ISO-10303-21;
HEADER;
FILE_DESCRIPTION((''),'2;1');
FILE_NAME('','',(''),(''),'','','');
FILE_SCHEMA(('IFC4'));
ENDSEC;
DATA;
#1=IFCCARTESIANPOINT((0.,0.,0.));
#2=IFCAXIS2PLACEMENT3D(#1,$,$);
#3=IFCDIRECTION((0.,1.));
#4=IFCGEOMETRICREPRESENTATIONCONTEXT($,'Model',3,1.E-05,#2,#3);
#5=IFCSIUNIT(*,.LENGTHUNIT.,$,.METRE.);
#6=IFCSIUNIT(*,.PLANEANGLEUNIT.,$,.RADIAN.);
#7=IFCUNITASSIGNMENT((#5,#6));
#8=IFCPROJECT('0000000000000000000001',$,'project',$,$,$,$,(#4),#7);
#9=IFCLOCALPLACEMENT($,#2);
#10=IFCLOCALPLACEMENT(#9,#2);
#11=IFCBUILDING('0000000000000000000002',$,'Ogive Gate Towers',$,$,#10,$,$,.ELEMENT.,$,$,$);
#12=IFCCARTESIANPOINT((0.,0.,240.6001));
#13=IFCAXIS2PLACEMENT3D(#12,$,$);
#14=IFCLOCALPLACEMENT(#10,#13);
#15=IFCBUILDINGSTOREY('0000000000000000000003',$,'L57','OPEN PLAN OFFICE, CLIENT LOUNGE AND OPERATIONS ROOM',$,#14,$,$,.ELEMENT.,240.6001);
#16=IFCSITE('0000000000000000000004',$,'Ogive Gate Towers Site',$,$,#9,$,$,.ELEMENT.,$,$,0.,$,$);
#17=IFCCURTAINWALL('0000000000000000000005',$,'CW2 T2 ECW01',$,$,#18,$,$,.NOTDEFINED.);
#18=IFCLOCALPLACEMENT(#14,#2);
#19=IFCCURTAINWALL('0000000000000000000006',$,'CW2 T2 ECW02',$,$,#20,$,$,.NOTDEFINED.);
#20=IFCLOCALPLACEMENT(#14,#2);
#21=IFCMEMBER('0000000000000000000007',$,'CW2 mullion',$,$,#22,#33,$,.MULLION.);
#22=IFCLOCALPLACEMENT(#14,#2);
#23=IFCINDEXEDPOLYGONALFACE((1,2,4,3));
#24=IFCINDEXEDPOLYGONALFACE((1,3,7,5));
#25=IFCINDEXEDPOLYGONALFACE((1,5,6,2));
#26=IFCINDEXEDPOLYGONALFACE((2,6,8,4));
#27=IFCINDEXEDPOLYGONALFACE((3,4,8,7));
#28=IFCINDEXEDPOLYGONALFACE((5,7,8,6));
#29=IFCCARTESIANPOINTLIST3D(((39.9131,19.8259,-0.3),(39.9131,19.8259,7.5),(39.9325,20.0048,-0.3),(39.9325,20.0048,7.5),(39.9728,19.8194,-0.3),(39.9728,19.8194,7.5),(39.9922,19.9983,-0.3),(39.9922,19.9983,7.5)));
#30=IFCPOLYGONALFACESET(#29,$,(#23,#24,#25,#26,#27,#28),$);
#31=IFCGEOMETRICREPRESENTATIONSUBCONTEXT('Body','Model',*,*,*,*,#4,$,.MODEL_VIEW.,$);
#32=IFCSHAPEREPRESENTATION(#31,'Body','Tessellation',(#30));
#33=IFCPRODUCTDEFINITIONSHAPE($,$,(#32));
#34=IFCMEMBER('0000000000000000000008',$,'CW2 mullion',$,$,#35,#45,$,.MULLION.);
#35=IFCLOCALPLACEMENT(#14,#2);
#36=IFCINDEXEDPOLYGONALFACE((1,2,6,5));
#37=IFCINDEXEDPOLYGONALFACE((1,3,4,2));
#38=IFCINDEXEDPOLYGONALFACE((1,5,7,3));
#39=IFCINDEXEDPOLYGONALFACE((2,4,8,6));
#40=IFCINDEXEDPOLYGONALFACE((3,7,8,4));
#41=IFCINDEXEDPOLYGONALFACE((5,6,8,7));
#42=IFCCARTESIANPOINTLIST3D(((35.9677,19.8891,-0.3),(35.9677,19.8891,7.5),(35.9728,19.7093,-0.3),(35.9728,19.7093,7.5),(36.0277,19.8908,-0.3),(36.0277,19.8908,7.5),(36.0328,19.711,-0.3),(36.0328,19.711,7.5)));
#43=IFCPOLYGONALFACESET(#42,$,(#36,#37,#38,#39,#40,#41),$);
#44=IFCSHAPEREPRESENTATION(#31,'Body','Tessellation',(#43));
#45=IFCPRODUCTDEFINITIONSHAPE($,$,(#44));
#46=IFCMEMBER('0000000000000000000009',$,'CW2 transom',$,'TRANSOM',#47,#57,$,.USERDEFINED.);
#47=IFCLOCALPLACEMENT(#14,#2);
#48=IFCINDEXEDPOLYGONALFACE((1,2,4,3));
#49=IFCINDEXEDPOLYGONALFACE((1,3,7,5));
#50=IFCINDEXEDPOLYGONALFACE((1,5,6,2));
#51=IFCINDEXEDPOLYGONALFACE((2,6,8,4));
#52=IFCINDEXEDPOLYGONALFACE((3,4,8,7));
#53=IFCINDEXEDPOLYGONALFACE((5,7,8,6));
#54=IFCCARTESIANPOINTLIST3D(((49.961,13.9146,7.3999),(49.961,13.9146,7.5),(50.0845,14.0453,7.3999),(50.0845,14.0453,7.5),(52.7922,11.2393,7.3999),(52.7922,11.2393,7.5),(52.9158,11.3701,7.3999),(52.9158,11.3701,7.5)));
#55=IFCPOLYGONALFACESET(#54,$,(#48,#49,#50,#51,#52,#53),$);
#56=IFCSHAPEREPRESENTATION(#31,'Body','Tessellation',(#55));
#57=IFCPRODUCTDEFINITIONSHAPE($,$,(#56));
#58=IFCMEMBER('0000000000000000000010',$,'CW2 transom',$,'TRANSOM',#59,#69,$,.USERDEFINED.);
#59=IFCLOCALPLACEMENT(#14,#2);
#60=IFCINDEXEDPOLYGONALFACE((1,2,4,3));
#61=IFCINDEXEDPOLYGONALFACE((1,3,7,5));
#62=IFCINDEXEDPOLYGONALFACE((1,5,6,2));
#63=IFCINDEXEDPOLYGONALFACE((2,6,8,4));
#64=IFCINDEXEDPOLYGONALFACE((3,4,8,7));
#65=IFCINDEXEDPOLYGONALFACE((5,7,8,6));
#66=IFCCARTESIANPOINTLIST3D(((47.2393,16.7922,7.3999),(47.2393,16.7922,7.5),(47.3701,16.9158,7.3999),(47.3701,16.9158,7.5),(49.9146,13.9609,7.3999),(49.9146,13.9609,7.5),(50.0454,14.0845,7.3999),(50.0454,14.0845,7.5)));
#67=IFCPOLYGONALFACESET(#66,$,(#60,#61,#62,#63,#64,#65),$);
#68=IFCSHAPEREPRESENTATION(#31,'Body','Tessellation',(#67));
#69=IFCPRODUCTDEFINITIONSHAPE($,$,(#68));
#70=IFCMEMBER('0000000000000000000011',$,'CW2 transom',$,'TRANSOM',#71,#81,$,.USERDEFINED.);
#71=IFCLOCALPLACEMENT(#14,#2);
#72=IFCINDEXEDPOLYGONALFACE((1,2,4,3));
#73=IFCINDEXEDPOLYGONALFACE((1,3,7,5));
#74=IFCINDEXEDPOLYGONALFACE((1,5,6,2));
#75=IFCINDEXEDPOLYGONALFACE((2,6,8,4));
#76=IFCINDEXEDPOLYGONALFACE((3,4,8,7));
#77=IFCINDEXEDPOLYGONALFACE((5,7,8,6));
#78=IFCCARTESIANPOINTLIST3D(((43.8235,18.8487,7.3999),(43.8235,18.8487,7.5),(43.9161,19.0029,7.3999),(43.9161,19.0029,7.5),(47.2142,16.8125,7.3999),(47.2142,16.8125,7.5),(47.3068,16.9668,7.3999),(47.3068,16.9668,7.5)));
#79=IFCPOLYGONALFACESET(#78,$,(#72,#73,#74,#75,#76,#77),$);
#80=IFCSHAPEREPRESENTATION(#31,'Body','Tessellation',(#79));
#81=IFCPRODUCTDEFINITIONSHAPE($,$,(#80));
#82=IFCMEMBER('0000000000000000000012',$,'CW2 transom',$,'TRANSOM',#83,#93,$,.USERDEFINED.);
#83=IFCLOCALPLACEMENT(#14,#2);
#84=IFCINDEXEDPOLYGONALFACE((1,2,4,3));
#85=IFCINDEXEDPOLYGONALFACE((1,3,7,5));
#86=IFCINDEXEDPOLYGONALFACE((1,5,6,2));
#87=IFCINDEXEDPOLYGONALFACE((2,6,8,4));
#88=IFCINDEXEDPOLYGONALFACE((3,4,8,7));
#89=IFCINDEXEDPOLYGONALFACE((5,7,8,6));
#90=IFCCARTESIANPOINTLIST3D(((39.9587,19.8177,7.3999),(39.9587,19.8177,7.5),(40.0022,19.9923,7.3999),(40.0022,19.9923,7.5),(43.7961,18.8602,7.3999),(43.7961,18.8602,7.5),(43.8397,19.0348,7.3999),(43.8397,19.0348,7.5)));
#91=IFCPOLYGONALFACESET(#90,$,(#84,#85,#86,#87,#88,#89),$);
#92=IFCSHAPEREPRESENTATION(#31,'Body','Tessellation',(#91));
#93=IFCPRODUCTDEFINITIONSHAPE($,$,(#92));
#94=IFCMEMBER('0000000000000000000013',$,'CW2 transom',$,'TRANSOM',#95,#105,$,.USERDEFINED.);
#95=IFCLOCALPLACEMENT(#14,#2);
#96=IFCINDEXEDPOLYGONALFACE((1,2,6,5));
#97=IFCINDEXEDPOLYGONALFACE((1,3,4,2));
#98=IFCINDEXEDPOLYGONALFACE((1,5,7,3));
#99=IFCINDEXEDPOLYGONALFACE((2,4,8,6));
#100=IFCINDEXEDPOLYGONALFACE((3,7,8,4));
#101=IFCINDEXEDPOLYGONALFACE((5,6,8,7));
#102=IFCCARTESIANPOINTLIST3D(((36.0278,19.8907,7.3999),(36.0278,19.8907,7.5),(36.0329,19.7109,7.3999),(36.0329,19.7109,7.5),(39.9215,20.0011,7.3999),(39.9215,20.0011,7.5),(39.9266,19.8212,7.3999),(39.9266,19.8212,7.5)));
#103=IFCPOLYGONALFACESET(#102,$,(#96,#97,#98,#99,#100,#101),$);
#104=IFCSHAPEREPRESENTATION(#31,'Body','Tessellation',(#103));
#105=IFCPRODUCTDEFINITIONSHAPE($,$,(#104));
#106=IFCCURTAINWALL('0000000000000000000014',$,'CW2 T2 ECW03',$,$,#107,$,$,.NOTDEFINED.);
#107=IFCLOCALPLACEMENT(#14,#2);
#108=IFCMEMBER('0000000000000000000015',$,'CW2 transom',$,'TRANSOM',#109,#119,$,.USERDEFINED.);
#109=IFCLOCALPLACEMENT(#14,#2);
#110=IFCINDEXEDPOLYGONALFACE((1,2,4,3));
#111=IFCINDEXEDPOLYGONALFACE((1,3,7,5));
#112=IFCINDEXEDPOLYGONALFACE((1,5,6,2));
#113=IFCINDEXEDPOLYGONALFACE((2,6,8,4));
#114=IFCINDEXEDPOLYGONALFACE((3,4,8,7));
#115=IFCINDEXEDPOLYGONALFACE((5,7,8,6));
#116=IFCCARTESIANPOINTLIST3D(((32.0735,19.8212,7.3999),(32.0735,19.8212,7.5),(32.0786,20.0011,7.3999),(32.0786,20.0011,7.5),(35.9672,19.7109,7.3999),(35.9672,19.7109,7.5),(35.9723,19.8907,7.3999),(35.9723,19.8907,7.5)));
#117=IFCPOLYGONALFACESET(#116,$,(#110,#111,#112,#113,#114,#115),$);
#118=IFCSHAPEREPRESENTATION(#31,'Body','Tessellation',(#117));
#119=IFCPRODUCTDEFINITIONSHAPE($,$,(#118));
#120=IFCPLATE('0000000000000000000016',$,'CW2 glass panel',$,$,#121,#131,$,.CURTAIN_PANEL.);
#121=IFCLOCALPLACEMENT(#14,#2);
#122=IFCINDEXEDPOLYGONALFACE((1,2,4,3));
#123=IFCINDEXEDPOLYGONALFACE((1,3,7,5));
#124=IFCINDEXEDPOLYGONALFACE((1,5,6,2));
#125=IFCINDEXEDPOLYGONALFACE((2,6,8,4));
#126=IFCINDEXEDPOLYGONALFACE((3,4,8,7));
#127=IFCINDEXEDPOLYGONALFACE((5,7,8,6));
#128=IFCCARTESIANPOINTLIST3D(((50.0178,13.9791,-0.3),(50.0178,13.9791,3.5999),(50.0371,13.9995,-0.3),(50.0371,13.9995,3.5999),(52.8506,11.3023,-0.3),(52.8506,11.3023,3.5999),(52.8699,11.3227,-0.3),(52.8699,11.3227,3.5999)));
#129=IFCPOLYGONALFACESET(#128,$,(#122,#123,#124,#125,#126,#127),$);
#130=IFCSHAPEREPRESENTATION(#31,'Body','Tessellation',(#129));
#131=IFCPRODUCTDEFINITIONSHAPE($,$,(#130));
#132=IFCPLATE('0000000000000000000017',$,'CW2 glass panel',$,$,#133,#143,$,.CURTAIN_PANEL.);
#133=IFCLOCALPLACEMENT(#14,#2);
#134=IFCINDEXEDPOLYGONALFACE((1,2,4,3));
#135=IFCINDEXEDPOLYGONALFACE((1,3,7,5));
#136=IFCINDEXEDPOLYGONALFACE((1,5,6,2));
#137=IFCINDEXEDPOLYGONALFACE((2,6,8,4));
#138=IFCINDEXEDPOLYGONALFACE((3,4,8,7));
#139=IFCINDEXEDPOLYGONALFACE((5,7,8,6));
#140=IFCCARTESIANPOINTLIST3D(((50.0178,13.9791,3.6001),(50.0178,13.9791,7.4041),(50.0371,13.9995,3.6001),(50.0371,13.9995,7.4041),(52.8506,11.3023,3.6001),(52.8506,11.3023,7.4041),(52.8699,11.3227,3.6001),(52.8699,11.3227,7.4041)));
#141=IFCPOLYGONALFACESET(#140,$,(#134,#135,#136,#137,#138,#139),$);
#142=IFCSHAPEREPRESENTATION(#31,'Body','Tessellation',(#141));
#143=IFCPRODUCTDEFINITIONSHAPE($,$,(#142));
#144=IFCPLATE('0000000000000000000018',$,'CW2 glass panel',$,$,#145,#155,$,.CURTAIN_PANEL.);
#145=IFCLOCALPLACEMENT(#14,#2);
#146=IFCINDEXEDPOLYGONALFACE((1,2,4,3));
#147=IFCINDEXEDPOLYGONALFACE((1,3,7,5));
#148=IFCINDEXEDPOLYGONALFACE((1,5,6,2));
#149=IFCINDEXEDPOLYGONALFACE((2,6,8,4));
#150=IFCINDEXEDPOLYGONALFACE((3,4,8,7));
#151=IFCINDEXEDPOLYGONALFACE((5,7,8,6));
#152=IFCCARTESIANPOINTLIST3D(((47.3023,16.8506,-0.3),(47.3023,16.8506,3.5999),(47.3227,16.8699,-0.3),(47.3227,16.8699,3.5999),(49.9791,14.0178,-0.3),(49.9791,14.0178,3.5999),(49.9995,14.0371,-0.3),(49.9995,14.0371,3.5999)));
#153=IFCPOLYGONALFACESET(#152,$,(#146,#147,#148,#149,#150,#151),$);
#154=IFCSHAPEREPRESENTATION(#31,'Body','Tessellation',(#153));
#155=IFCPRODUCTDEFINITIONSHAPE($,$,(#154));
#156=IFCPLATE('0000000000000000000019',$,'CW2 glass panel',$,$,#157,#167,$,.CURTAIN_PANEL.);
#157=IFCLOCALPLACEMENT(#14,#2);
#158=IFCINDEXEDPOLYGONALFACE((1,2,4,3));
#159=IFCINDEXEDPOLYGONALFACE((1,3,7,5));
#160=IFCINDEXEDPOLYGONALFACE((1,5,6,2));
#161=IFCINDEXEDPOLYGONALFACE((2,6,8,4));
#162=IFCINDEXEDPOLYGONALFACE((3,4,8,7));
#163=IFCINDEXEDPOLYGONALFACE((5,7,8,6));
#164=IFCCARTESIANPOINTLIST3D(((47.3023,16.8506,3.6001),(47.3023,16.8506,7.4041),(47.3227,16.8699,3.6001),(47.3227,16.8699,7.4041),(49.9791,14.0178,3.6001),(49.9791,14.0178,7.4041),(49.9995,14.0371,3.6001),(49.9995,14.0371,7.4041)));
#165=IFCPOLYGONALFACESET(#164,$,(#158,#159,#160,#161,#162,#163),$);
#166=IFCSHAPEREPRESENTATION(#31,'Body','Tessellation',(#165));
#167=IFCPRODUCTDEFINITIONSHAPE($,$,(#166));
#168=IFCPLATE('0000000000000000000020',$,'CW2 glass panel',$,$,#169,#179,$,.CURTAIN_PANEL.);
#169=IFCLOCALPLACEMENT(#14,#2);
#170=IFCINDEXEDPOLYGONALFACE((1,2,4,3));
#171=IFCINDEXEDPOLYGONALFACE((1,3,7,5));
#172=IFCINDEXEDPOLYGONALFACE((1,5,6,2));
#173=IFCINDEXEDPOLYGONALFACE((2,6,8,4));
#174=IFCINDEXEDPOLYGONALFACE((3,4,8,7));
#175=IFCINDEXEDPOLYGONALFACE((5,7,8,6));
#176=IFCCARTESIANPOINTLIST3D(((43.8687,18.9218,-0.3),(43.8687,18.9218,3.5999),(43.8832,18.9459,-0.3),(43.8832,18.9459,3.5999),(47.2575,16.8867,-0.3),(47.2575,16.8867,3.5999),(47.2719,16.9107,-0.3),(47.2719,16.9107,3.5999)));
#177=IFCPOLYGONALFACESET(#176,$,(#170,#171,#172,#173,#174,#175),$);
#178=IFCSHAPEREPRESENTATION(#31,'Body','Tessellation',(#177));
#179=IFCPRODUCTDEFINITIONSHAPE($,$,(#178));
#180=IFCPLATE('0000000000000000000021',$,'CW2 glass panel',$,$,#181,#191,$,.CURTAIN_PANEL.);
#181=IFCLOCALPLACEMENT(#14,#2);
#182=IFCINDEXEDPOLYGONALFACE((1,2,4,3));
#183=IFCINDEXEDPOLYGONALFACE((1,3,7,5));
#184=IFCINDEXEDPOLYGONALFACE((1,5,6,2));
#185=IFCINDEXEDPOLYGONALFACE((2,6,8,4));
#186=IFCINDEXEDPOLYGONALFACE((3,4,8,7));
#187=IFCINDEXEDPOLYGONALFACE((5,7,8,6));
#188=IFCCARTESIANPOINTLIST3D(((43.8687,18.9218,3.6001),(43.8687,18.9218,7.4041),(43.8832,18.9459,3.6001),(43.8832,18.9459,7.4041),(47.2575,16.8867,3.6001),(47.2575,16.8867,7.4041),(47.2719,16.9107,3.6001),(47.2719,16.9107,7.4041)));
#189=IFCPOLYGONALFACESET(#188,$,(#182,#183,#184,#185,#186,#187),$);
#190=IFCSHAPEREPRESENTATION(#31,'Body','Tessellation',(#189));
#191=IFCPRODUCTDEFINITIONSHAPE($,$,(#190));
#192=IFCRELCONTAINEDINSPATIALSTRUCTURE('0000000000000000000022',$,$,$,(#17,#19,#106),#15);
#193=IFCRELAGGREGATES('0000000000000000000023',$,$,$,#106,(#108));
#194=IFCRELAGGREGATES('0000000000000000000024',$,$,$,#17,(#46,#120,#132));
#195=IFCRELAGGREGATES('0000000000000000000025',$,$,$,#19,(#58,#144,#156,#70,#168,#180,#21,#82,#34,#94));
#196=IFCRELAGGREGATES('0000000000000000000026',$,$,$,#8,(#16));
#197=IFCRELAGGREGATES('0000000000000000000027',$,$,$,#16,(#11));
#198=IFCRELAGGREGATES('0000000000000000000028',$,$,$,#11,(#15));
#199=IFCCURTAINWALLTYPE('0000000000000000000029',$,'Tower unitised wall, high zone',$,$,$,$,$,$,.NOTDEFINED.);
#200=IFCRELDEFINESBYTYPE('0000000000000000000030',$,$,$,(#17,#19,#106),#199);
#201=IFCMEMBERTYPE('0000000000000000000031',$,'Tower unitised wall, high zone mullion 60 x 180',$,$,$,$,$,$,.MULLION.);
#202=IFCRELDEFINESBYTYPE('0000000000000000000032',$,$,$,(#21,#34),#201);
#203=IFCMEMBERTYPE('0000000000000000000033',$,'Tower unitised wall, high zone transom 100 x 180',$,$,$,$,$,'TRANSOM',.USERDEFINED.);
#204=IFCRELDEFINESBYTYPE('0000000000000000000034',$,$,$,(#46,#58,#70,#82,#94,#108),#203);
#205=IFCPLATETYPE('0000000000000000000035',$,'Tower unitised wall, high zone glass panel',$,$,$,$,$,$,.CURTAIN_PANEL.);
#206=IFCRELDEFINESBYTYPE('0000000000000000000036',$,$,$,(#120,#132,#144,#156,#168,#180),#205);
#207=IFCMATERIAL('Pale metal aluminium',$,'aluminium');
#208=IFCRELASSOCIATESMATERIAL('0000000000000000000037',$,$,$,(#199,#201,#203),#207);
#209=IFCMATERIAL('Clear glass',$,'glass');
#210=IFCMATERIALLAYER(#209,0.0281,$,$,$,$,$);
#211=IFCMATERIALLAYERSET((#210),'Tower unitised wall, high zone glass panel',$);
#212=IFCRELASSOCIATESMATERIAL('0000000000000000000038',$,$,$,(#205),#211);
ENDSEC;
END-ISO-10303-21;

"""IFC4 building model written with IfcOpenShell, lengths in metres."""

from ifc_helpers import new_model, si_unit, direction, frame, origin, origin_2d, place, context, subcontext, project, spatial, rectangle, extrude, material, layer, layer_set, material_profile, profile_set, type_object, element, aggregate, save


model = new_model("IFC4")

# Units and contexts
model_context = context("Model", 3, precision=1e-05, world=origin(), true_north=direction((0.0, 1.0)))
body_context = subcontext(model_context, "Body", "Model", "MODEL_VIEW")
ifc_project = project(units=[si_unit("LENGTHUNIT", "METRE"), si_unit("PLANEANGLEUNIT", "RADIAN")], contexts=[model_context])

# Site, building, storey
site_placement = place(None, origin())
site = spatial("IfcSite", under=ifc_project, at=site_placement, Name="Ogive Gate Towers Site", CompositionType="ELEMENT", RefElevation=0.0)
building_placement = place(site_placement, origin())
building = spatial("IfcBuilding", under=site, at=building_placement, Name="Ogive Gate Towers", CompositionType="ELEMENT")
storey_placement = place(building_placement, frame((0.0, 0.0, 240.6001)))
storey = spatial("IfcBuildingStorey", under=building, at=storey_placement, Name="L57", Description="OPEN PLAN OFFICE, CLIENT LOUNGE AND OPERATIONS ROOM", CompositionType="ELEMENT", Elevation=240.6001)

# Curtain walls, members
ifc_material_1 = material(Name="Pale metal aluminium", Category="aluminium")
curtain_wall_type = type_object("IfcCurtainWallType", Name="Tower unitised wall, high zone", PredefinedType="NOTDEFINED", material=ifc_material_1)
curtain_wall_1_placement = place(storey_placement, origin())
curtain_wall_1 = element("IfcCurtainWall", 1, at=curtain_wall_1_placement, inside=storey, type_object=curtain_wall_type, Name="CW2 T2 ECW01", PredefinedType="NOTDEFINED")
ifc_material_profile_1 = material_profile(ifc_material_1, rectangle(XDim=0.1799, YDim=0.0601, at=origin_2d()), Name="60 x 180 aluminium box")
ifc_profile_set_1 = profile_set([ifc_material_profile_1], Name="Pale metal aluminium")
member_type_1 = type_object("IfcMemberType", Name="Tower unitised wall, high zone mullion 60 x 180", PredefinedType="MULLION", material=ifc_profile_set_1)
curtain_wall_2_placement = place(storey_placement, origin())
curtain_wall_2 = element("IfcCurtainWall", 2, at=curtain_wall_2_placement, inside=storey, type_object=curtain_wall_type, Name="CW2 T2 ECW02", PredefinedType="NOTDEFINED")
member_1_placement = place(storey_placement, frame((39.9526, 19.9121, -0.3), z_axis=(0.0, 0.0, 1.0), x_axis=(0.107913, 0.99416, 0.0)))
member_1 = element("IfcMember", 3, at=member_1_placement, type_object=member_type_1, Name="CW2 mullion", PredefinedType="MULLION", context=body_context, shape_type="SweptSolid", body=[
    extrude(rectangle(XDim=0.1799, YDim=0.0601, at=origin_2d()), origin(), (0.0, 0.0, 1.0), 7.8),
])
member_2_placement = place(storey_placement, frame((36.0002, 19.8, -0.3), z_axis=(0.0, 0.0, 1.0), x_axis=(-0.028323, 0.999599, 0.0)))
member_2 = element("IfcMember", 4, at=member_2_placement, type_object=member_type_1, Name="CW2 mullion", PredefinedType="MULLION", context=body_context, shape_type="SweptSolid", body=[
    extrude(rectangle(XDim=0.1799, YDim=0.0601, at=origin_2d()), origin(), (0.0, 0.0, 1.0), 7.8),
])

# Members
ifc_material_profile_2 = material_profile(ifc_material_1, rectangle(XDim=0.1799, YDim=0.1001, at=origin_2d()), Name="100 x 180 aluminium box")
ifc_profile_set_2 = profile_set([ifc_material_profile_2], Name="Pale metal aluminium")
member_type_2 = type_object("IfcMemberType", Name="Tower unitised wall, high zone transom 100 x 180", ElementType="TRANSOM", PredefinedType="USERDEFINED", material=ifc_profile_set_2)
member_3_placement = place(storey_placement, frame((52.854, 11.3047, 7.45), z_axis=(-0.726848, 0.686798, 0.0), x_axis=(-0.686798, -0.726848, 0.0)))
member_3 = element("IfcMember", 5, at=member_3_placement, type_object=member_type_2, Name="CW2 transom", ObjectType="TRANSOM", PredefinedType="USERDEFINED", context=body_context, shape_type="SweptSolid", body=[
    extrude(rectangle(XDim=0.1799, YDim=0.1001, at=origin_2d()), origin(), (0.0, 0.0, 1.0), 3.8953),
])
member_4_placement = place(storey_placement, frame((49.98, 14.0227, 7.45), z_axis=(-0.686798, 0.726848, 0.0), x_axis=(-0.726848, -0.686798, 0.0)))
member_4 = element("IfcMember", 6, at=member_4_placement, type_object=member_type_2, Name="CW2 transom", ObjectType="TRANSOM", PredefinedType="USERDEFINED", context=body_context, shape_type="SweptSolid", body=[
    extrude(rectangle(XDim=0.1799, YDim=0.1001, at=origin_2d()), origin(), (0.0, 0.0, 1.0), 3.8953),
])
member_5_placement = place(storey_placement, frame((47.2605, 16.8896, 7.45), z_axis=(-0.857297, 0.514823, 0.0), x_axis=(-0.514823, -0.857297, 0.0)))
member_5 = element("IfcMember", 7, at=member_5_placement, type_object=member_type_2, Name="CW2 transom", ObjectType="TRANSOM", PredefinedType="USERDEFINED", context=body_context, shape_type="SweptSolid", body=[
    extrude(rectangle(XDim=0.1799, YDim=0.1001, at=origin_2d()), origin(), (0.0, 0.0, 1.0), 3.9551),
])
member_6_placement = place(storey_placement, frame((43.8179, 18.9475, 7.45), z_axis=(-0.970251, 0.2421, 0.0), x_axis=(-0.2421, -0.970251, 0.0)))
member_6 = element("IfcMember", 8, at=member_6_placement, type_object=member_type_2, Name="CW2 transom", ObjectType="TRANSOM", PredefinedType="USERDEFINED", context=body_context, shape_type="SweptSolid", body=[
    extrude(rectangle(XDim=0.1799, YDim=0.1001, at=origin_2d()), origin(), (0.0, 0.0, 1.0), 3.9551),
])
member_7_placement = place(storey_placement, frame((39.9241, 19.9111, 7.45), z_axis=(-0.999599, -0.028329, 0.0), x_axis=(0.028329, -0.999599, 0.0)))
member_7 = element("IfcMember", 9, at=member_7_placement, type_object=member_type_2, Name="CW2 transom", ObjectType="TRANSOM", PredefinedType="USERDEFINED", context=body_context, shape_type="SweptSolid", body=[
    extrude(rectangle(XDim=0.1799, YDim=0.1001, at=origin_2d()), origin(), (0.0, 0.0, 1.0), 3.8953),
])

# Curtain wall, member
curtain_wall_3_placement = place(storey_placement, origin())
curtain_wall_3 = element("IfcCurtainWall", 10, at=curtain_wall_3_placement, inside=storey, type_object=curtain_wall_type, Name="CW2 T2 ECW03", PredefinedType="NOTDEFINED")
member_8_placement = place(storey_placement, frame((35.9697, 19.8008, 7.45), z_axis=(-0.999599, 0.028329, 0.0), x_axis=(-0.028329, -0.999599, 0.0)))
member_8 = element("IfcMember", 11, at=member_8_placement, type_object=member_type_2, Name="CW2 transom", ObjectType="TRANSOM", PredefinedType="USERDEFINED", context=body_context, shape_type="SweptSolid", body=[
    extrude(rectangle(XDim=0.1799, YDim=0.1001, at=origin_2d()), origin(), (0.0, 0.0, 1.0), 3.8953),
])
aggregate(curtain_wall_3, [member_8])

# Plates
ifc_material_2 = material(Name="Clear glass", Category="glass")
ifc_layer_1 = layer(ifc_material_2, 0.0281)
ifc_layer_set_1 = layer_set([ifc_layer_1], Name="Tower unitised wall, high zone glass panel")
plate_type = type_object("IfcPlateType", Name="Tower unitised wall, high zone glass panel", PredefinedType="CURTAIN_PANEL", material=ifc_layer_set_1)
plate_1_placement = place(storey_placement, frame((51.4438, 12.6509, -0.3), z_axis=(0.0, 0.0, 1.0), x_axis=(-0.72685, 0.686796, 0.0)))
plate_1 = element("IfcPlate", 12, at=plate_1_placement, type_object=plate_type, Name="CW2 glass panel", PredefinedType="CURTAIN_PANEL", context=body_context, shape_type="SweptSolid", body=[
    extrude(rectangle(XDim=3.8975, YDim=0.0281, at=origin_2d()), origin(), (0.0, 0.0, 1.0), 3.8999),
])
plate_2_placement = place(storey_placement, frame((51.4438, 12.6509, 3.6001), z_axis=(0.0, 0.0, 1.0), x_axis=(-0.72685, 0.686796, 0.0)))
plate_2 = element("IfcPlate", 13, at=plate_2_placement, type_object=plate_type, Name="CW2 glass panel", PredefinedType="CURTAIN_PANEL", context=body_context, shape_type="SweptSolid", body=[
    extrude(rectangle(XDim=3.8975, YDim=0.0281, at=origin_2d()), origin(), (0.0, 0.0, 1.0), 3.804),
])
aggregate(curtain_wall_1, [member_3, plate_1, plate_2])
plate_3_placement = place(storey_placement, frame((48.6509, 15.4438, -0.3), z_axis=(0.0, 0.0, 1.0), x_axis=(-0.686796, 0.72685, 0.0)))
plate_3 = element("IfcPlate", 14, at=plate_3_placement, type_object=plate_type, Name="CW2 glass panel", PredefinedType="CURTAIN_PANEL", context=body_context, shape_type="SweptSolid", body=[
    extrude(rectangle(XDim=3.8975, YDim=0.0281, at=origin_2d()), origin(), (0.0, 0.0, 1.0), 3.8999),
])
plate_4_placement = place(storey_placement, frame((48.6509, 15.4438, 3.6001), z_axis=(0.0, 0.0, 1.0), x_axis=(-0.686796, 0.72685, 0.0)))
plate_4 = element("IfcPlate", 15, at=plate_4_placement, type_object=plate_type, Name="CW2 glass panel", PredefinedType="CURTAIN_PANEL", context=body_context, shape_type="SweptSolid", body=[
    extrude(rectangle(XDim=3.8975, YDim=0.0281, at=origin_2d()), origin(), (0.0, 0.0, 1.0), 3.804),
])
plate_5_placement = place(storey_placement, frame((45.5703, 17.9163, -0.3), z_axis=(0.0, 0.0, 1.0), x_axis=(-0.857284, 0.514844, 0.0)))
plate_5 = element("IfcPlate", 16, at=plate_5_placement, type_object=plate_type, Name="CW2 glass panel", PredefinedType="CURTAIN_PANEL", context=body_context, shape_type="SweptSolid", body=[
    extrude(rectangle(XDim=3.9529, YDim=0.0281, at=origin_2d()), origin(), (0.0, 0.0, 1.0), 3.8999),
])
plate_6_placement = place(storey_placement, frame((45.5703, 17.9163, 3.6001), z_axis=(0.0, 0.0, 1.0), x_axis=(-0.857284, 0.514844, 0.0)))
plate_6 = element("IfcPlate", 17, at=plate_6_placement, type_object=plate_type, Name="CW2 glass panel", PredefinedType="CURTAIN_PANEL", context=body_context, shape_type="SweptSolid", body=[
    extrude(rectangle(XDim=3.9529, YDim=0.0281, at=origin_2d()), origin(), (0.0, 0.0, 1.0), 3.804),
])
aggregate(curtain_wall_2, [member_4, plate_3, plate_4, member_5, plate_5, plate_6, member_1, member_6, member_2, member_7])

save(model, "model.ifc")
